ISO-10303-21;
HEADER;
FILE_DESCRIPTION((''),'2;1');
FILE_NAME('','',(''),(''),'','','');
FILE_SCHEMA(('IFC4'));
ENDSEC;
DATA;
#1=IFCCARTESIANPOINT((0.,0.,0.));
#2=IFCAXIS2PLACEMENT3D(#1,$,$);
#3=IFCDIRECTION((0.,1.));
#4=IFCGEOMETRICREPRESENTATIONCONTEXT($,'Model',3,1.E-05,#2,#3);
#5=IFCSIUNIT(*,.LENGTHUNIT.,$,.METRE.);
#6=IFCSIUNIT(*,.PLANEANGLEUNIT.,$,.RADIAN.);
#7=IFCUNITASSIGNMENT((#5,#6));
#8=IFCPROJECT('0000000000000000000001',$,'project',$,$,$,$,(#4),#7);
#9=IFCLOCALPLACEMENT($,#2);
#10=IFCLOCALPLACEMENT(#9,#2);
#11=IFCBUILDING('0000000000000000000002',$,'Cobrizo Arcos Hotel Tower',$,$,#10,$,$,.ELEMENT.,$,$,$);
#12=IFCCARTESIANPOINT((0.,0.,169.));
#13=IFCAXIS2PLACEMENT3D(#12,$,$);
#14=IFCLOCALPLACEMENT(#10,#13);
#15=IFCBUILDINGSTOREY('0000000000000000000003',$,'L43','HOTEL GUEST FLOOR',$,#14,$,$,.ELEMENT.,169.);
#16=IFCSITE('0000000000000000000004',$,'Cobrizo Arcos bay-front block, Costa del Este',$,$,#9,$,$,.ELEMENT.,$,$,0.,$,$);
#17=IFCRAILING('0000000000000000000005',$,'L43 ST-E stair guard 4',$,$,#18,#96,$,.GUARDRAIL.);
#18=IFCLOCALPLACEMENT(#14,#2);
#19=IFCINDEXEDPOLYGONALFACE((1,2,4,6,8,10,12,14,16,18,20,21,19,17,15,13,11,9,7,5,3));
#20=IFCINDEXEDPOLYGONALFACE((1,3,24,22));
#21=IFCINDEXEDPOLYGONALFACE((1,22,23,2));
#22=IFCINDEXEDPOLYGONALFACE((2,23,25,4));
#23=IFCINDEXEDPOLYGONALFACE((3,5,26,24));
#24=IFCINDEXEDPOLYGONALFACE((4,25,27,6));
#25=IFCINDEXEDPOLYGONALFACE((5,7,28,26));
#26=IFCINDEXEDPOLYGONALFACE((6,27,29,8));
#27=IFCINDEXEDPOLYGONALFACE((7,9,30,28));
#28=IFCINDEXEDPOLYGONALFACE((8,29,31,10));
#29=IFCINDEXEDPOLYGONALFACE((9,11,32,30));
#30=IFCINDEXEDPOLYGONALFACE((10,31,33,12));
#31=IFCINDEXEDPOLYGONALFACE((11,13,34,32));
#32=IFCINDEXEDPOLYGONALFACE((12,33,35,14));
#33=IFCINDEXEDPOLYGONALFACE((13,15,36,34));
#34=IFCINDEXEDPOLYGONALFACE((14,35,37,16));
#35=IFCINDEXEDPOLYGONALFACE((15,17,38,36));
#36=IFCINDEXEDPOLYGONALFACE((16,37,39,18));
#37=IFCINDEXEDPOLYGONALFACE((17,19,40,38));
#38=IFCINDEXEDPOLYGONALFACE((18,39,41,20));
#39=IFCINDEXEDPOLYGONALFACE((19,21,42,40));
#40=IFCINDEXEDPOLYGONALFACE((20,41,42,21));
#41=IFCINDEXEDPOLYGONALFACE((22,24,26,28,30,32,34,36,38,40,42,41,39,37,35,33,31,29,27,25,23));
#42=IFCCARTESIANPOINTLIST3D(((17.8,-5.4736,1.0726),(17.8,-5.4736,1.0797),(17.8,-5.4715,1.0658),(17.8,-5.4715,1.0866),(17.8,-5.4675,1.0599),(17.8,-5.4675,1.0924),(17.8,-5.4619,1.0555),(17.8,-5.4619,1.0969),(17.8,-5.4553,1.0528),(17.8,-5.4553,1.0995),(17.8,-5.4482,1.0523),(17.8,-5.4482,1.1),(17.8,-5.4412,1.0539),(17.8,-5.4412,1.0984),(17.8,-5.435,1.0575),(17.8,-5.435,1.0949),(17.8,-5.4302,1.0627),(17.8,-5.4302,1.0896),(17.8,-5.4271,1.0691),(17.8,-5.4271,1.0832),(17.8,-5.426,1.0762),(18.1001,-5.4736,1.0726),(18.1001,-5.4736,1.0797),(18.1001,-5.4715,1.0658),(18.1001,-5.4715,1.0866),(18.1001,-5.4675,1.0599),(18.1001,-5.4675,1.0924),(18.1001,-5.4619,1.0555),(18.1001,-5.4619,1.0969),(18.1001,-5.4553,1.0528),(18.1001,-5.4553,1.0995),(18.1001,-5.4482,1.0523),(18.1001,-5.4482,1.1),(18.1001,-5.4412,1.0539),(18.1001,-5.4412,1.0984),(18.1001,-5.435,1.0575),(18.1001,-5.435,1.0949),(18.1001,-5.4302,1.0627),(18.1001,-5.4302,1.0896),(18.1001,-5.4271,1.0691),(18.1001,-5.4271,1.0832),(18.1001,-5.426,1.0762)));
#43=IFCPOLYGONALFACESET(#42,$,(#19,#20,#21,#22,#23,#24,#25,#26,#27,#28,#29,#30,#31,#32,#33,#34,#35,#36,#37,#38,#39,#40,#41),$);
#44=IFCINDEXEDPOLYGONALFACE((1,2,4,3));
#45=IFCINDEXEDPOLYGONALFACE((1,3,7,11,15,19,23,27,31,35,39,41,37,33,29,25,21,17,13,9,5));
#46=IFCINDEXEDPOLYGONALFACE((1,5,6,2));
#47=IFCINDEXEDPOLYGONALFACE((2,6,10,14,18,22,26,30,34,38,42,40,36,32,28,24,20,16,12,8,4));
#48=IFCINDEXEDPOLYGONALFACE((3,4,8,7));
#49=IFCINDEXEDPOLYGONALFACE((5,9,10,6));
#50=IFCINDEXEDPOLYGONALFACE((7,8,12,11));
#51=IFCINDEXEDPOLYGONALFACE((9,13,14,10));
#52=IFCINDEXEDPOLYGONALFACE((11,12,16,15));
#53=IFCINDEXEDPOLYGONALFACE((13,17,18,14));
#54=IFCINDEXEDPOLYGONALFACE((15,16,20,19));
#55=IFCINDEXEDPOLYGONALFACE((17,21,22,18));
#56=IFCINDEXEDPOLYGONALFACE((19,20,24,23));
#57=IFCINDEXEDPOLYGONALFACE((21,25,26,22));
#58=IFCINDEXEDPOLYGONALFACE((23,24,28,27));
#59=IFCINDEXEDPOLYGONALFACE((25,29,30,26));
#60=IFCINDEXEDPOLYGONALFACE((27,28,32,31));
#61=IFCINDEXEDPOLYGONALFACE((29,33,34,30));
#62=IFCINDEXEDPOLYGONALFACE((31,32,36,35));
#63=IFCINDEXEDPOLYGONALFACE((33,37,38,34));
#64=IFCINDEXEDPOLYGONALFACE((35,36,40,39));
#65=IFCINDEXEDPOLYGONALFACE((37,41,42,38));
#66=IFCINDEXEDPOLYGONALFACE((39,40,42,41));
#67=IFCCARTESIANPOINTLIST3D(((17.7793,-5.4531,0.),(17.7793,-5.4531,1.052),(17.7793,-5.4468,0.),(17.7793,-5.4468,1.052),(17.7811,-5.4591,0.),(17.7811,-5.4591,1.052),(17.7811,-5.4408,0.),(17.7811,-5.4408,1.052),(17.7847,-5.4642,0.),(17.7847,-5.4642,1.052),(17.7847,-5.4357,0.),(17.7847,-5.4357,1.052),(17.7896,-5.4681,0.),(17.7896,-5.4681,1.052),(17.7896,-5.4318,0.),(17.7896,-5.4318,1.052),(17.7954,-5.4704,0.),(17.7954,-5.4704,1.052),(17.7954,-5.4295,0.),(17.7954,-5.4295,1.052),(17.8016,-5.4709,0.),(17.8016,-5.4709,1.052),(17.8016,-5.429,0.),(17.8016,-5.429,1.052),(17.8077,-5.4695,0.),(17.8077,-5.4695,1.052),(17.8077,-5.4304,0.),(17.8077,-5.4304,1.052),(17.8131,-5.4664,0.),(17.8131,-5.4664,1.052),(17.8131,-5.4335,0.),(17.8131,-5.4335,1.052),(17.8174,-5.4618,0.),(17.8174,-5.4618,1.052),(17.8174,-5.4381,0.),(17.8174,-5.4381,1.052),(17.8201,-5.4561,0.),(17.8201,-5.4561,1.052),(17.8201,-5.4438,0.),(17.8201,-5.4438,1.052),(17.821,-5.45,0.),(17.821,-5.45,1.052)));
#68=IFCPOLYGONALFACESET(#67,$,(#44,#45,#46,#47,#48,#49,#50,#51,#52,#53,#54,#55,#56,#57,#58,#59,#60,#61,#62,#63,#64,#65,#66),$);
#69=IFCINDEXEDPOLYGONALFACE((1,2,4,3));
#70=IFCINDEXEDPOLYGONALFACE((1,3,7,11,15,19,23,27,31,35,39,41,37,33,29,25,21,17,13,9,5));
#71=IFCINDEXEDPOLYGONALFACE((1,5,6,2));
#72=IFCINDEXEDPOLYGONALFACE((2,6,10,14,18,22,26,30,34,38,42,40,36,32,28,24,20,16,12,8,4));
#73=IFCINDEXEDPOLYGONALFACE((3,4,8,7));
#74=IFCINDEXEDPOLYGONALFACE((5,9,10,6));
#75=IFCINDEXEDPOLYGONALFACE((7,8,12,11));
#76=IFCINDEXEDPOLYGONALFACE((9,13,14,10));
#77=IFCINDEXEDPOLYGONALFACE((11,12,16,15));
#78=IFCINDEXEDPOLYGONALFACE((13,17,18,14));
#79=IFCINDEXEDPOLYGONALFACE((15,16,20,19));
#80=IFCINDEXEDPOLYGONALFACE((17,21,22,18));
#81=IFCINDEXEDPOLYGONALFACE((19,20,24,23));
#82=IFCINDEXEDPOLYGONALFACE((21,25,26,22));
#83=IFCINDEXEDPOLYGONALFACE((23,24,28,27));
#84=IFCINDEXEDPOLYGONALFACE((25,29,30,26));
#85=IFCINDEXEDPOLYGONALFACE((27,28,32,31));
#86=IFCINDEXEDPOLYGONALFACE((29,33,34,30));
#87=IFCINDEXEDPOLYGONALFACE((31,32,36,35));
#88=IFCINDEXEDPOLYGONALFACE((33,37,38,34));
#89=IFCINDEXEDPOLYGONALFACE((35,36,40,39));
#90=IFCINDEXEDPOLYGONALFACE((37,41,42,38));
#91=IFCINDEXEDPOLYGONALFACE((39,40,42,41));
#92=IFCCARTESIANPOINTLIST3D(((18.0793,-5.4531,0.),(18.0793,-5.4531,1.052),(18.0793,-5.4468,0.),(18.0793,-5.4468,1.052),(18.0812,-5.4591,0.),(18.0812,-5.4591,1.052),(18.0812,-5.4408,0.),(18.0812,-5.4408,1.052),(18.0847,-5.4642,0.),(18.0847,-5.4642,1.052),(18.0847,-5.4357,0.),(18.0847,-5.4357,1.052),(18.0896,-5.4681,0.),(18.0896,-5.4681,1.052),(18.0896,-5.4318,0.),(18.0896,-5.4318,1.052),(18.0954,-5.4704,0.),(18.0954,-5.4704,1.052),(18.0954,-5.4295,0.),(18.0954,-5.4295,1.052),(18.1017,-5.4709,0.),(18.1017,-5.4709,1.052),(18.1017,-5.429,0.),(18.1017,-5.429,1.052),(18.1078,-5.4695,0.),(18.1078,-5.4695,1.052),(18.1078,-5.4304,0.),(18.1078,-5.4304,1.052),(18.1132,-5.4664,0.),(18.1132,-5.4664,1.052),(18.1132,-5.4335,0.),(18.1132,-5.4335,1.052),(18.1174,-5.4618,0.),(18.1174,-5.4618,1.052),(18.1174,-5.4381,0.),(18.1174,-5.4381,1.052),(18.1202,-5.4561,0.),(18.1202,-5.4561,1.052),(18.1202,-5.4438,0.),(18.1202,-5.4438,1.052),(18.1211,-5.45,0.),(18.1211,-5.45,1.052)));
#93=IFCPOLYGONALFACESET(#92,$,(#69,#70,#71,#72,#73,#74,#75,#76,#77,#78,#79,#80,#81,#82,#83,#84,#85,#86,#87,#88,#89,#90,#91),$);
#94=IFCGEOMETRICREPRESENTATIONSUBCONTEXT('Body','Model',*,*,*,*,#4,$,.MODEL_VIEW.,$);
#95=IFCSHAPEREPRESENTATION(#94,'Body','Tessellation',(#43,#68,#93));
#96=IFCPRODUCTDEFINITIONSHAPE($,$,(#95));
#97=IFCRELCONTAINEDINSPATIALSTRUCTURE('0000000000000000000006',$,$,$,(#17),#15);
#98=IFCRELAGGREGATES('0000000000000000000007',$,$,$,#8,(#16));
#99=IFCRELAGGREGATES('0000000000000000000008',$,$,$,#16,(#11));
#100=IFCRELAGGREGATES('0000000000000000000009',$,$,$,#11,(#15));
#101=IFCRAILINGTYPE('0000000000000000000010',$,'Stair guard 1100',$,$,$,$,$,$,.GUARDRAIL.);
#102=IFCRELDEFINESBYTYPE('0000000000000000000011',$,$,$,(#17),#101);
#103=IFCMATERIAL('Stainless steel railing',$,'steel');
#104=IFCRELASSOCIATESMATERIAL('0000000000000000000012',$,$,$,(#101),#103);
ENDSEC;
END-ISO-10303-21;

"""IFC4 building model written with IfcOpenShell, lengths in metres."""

from ifc_helpers import new_model, si_unit, direction, frame, origin, origin_2d, place, context, subcontext, project, spatial, circle, extrude, material, type_object, element, save


model = new_model("IFC4")

# Units and contexts
model_context = context("Model", 3, precision=1e-05, world=origin(), true_north=direction((0.0, 1.0)))
body_context = subcontext(model_context, "Body", "Model", "MODEL_VIEW")
ifc_project = project(units=[si_unit("LENGTHUNIT", "METRE"), si_unit("PLANEANGLEUNIT", "RADIAN")], contexts=[model_context])

# Site, building, storey
site_placement = place(None, origin())
site = spatial("IfcSite", under=ifc_project, at=site_placement, Name="Cobrizo Arcos bay-front block, Costa del Este", CompositionType="ELEMENT", RefElevation=0.0)
building_placement = place(site_placement, origin())
building = spatial("IfcBuilding", under=site, at=building_placement, Name="Cobrizo Arcos Hotel Tower", CompositionType="ELEMENT")
storey_placement = place(building_placement, frame((0.0, 0.0, 169.0)))
storey = spatial("IfcBuildingStorey", under=building, at=storey_placement, Name="L43", Description="HOTEL GUEST FLOOR", CompositionType="ELEMENT", Elevation=169.0)

# Railing
ifc_material_1 = material(Name="Stainless steel railing", Category="steel")
railing_type_1 = type_object("IfcRailingType", Name="Stair guard 1100", PredefinedType="GUARDRAIL", material=ifc_material_1)
railing_1_placement = place(storey_placement, frame((17.8, -5.45, 0.0)))
element("IfcRailing", 1, at=railing_1_placement, inside=storey, type_object=railing_type_1, Name="L43 ST-E stair guard 4", PredefinedType="GUARDRAIL", context=body_context, shape_type="SweptSolid", body=[
    extrude(circle(Radius=0.0239, at=origin_2d()), frame((0.0, 0.0, 1.0762), z_axis=(1.0, 0.0, 0.0), x_axis=(0.0, 1.0, 0.0)), (0.0, 0.0, 1.0), 0.3),
    extrude(circle(Radius=0.021, at=origin_2d()), origin(), (0.0, 0.0, 1.0), 1.052),
    extrude(circle(Radius=0.021, at=origin_2d()), frame((0.3, 0.0, 0.0)), (0.0, 0.0, 1.0), 1.052),
])

save(model, "model.ifc")
